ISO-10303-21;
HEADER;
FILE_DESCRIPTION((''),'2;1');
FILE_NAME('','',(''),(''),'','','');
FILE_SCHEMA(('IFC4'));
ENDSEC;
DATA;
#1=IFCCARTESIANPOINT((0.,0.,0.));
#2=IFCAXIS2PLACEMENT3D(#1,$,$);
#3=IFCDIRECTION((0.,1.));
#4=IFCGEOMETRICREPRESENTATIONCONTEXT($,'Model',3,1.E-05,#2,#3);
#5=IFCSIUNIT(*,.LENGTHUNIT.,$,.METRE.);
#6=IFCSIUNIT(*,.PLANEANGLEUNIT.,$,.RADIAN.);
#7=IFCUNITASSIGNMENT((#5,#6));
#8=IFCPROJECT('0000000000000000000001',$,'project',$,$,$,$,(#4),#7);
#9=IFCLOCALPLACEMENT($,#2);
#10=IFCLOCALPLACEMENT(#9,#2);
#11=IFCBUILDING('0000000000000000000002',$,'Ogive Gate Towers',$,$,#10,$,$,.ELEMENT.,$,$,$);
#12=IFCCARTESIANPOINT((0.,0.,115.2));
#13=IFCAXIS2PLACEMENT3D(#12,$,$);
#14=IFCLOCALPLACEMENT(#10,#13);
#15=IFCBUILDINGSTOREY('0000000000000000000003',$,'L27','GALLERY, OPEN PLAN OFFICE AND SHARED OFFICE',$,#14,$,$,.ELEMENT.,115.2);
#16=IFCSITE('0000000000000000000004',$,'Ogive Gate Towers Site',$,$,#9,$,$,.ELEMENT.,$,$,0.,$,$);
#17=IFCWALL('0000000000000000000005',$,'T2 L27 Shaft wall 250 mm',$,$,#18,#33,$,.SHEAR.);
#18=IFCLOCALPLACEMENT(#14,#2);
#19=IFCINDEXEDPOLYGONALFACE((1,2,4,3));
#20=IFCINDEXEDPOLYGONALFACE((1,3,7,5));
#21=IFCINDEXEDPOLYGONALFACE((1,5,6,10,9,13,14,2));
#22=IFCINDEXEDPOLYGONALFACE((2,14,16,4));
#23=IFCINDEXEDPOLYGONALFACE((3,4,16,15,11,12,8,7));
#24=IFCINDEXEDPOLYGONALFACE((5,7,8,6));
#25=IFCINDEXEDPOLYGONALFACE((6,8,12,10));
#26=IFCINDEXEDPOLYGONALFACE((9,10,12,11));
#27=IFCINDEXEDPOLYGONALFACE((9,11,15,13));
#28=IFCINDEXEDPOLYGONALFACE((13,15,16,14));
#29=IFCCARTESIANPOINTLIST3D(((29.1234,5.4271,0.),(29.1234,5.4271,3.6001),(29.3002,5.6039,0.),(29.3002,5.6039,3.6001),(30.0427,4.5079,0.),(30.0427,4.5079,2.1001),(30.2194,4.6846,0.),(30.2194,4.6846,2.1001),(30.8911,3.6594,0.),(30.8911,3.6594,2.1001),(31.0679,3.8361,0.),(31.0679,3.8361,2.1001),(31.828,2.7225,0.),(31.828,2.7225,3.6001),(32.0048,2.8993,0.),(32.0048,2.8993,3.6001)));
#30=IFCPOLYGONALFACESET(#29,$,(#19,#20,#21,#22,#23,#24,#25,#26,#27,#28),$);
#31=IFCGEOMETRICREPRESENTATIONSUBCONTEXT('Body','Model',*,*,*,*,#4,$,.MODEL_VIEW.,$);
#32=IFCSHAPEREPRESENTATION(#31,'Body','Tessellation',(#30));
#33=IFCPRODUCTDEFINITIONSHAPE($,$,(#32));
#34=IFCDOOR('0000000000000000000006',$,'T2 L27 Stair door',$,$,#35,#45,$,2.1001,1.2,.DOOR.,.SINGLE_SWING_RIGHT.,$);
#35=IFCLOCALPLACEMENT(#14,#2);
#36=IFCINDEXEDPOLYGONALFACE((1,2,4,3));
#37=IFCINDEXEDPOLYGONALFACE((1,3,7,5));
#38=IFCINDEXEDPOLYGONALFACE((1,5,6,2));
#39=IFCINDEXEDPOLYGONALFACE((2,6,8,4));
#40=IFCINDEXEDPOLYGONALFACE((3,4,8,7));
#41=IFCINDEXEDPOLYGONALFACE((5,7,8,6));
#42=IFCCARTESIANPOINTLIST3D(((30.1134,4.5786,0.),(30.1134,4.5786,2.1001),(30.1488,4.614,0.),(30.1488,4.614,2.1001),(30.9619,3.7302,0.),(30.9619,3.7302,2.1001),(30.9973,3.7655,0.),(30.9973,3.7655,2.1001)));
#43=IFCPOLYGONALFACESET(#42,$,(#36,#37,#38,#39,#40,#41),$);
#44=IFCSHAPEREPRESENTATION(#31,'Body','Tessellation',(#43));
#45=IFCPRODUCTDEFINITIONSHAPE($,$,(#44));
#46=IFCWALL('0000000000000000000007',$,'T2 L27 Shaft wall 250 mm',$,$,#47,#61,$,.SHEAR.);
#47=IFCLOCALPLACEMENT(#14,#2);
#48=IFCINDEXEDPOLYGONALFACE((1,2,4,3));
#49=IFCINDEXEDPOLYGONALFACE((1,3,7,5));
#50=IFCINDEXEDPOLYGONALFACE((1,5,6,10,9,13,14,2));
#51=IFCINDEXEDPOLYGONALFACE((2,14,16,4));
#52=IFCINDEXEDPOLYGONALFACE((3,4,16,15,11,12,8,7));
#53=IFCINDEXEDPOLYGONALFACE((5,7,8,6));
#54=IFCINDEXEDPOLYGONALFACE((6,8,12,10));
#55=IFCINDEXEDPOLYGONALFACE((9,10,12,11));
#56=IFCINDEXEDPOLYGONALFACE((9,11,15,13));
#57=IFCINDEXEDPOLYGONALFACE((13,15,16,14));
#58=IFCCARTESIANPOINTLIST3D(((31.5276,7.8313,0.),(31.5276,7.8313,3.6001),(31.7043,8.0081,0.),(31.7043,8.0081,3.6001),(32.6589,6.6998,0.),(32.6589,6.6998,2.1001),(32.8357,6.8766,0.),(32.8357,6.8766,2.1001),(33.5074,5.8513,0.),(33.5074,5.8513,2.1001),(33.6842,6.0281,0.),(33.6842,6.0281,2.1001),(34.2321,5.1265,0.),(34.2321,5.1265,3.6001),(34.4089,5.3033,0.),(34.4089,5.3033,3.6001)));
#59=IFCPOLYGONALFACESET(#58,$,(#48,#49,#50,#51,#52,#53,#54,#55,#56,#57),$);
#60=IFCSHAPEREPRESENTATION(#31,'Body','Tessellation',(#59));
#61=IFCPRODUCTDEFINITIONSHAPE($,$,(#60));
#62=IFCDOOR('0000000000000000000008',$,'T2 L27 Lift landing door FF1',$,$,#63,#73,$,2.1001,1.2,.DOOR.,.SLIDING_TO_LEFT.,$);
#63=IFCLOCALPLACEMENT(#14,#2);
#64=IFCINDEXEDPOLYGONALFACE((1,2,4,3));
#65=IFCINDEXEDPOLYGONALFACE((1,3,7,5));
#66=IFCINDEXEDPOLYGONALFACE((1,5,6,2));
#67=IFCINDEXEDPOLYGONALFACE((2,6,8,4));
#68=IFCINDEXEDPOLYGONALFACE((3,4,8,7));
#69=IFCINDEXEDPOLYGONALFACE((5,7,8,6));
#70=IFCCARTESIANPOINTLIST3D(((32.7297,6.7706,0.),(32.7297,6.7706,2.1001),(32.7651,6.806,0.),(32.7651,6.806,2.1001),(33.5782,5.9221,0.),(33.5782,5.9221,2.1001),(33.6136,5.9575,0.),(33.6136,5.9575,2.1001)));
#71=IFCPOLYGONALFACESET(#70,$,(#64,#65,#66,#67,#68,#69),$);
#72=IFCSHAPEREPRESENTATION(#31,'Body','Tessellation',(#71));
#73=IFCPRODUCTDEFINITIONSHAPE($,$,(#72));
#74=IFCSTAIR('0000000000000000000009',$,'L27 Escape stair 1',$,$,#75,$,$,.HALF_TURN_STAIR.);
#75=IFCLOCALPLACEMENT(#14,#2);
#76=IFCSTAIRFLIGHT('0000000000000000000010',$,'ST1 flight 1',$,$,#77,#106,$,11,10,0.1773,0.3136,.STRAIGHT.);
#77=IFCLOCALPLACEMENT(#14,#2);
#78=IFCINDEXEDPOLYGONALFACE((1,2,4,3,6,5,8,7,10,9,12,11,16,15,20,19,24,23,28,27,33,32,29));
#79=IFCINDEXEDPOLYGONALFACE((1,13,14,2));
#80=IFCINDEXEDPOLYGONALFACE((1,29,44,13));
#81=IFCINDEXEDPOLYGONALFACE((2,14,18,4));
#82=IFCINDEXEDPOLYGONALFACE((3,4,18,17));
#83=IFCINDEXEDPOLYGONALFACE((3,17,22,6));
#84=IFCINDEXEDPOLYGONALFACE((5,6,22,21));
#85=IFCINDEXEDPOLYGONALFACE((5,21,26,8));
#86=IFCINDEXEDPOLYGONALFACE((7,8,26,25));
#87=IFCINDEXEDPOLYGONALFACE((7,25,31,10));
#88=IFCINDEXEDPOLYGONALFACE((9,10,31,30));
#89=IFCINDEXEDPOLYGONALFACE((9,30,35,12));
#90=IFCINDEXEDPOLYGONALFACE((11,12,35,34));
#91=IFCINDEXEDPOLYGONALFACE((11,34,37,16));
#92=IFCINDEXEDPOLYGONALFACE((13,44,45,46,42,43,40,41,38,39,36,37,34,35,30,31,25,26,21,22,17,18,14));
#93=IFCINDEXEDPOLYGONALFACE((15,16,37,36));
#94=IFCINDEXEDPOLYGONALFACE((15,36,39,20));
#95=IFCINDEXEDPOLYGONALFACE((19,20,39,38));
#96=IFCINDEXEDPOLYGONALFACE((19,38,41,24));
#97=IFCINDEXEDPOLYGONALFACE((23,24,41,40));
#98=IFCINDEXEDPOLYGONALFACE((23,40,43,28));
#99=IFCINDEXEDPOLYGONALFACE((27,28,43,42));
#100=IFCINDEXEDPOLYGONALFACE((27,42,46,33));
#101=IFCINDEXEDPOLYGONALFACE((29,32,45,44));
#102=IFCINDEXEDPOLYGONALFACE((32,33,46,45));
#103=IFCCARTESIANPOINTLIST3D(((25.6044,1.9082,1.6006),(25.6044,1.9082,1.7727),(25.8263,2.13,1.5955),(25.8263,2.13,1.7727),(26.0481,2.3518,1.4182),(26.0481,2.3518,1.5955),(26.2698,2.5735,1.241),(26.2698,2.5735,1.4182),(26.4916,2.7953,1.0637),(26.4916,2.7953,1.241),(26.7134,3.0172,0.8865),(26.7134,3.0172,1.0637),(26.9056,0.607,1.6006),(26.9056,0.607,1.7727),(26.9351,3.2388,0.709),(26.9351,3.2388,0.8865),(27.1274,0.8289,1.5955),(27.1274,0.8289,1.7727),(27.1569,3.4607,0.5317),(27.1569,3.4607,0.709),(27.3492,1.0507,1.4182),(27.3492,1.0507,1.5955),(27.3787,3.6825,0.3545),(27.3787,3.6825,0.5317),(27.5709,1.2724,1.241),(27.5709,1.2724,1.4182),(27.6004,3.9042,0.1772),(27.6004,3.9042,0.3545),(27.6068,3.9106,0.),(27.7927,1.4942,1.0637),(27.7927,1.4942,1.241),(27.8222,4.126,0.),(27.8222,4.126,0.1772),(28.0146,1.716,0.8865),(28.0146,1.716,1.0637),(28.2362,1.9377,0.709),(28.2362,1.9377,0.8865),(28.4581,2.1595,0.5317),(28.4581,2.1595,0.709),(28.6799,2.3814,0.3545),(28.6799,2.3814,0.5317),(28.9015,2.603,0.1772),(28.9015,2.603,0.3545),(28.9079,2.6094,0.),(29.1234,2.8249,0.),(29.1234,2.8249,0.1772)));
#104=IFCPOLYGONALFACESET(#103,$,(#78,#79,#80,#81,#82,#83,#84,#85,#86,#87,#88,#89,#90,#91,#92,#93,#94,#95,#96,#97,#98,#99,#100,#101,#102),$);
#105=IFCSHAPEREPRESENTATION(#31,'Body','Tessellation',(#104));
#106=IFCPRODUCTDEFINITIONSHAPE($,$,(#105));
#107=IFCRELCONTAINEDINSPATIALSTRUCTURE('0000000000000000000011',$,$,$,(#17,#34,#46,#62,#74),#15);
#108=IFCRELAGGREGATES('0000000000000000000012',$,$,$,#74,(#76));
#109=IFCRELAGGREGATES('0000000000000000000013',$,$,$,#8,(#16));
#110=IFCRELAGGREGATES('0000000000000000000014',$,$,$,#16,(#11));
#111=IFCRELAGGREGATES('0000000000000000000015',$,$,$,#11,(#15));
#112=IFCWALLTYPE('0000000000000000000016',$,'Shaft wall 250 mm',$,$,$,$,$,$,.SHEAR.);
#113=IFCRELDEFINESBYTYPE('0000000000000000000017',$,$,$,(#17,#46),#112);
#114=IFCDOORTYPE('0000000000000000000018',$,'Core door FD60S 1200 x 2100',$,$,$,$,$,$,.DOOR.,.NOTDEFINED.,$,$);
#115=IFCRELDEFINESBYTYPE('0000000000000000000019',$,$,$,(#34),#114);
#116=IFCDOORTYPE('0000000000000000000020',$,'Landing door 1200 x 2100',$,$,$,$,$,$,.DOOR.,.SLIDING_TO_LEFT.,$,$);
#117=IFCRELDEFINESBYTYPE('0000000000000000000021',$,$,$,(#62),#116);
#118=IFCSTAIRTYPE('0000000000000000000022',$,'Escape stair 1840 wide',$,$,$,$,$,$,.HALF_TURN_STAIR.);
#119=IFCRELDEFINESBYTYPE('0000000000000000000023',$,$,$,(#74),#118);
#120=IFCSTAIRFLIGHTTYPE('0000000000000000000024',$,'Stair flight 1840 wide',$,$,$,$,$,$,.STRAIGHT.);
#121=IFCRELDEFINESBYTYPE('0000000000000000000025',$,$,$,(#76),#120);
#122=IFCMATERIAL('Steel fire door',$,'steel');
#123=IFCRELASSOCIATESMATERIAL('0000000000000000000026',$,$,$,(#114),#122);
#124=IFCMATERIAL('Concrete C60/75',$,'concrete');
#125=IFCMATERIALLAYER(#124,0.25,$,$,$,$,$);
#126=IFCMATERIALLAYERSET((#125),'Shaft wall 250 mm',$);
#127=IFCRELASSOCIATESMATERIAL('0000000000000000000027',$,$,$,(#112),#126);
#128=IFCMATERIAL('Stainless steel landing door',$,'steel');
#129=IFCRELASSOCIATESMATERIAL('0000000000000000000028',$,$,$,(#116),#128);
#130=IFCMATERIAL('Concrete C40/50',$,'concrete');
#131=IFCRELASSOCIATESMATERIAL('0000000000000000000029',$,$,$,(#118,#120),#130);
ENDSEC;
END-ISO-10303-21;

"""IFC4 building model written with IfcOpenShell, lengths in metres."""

from ifc_helpers import new_model, si_unit, direction, frame, frame_2d, origin, place, context, subcontext, project, spatial, polyline, rectangle, outline, extrude, material, layer, layer_set, type_object, element, fill, aggregate, save


model = new_model("IFC4")

# Units and contexts
model_context = context("Model", 3, precision=1e-05, world=origin(), true_north=direction((0.0, 1.0)))
body_context = subcontext(model_context, "Body", "Model", "MODEL_VIEW")
ifc_project = project(units=[si_unit("LENGTHUNIT", "METRE"), si_unit("PLANEANGLEUNIT", "RADIAN")], contexts=[model_context])

# Site, building, storey
site_placement = place(None, origin())
site = spatial("IfcSite", under=ifc_project, at=site_placement, Name="Ogive Gate Towers Site", CompositionType="ELEMENT", RefElevation=0.0)
building_placement = place(site_placement, origin())
building = spatial("IfcBuilding", under=site, at=building_placement, Name="Ogive Gate Towers", CompositionType="ELEMENT")
storey_placement = place(building_placement, frame((0.0, 0.0, 115.2)))
storey = spatial("IfcBuildingStorey", under=building, at=storey_placement, Name="L27", Description="GALLERY, OPEN PLAN OFFICE AND SHARED OFFICE", CompositionType="ELEMENT", Elevation=115.2)

# Shared definitions
ifc_material_1 = material(Name="Concrete C40/50", Category="concrete")

# Shared definitions
ifc_material_2 = material(Name="Concrete C60/75", Category="concrete")
ifc_material_3 = material(Name="Steel fire door", Category="steel")
door_type_1 = type_object("IfcDoorType", Name="Core door FD60S 1200 x 2100", OperationType="NOTDEFINED", PredefinedType="DOOR", material=ifc_material_3)

# Walls, openings, doors
ifc_layer_1 = layer(ifc_material_2, 0.25)
ifc_layer_set_1 = layer_set([ifc_layer_1], Name="Shaft wall 250 mm")
wall_type_1 = type_object("IfcWallType", Name="Shaft wall 250 mm", PredefinedType="SHEAR", material=ifc_layer_set_1)
wall_1_placement = place(storey_placement, frame((31.9165, 2.8108, 0.0), z_axis=(0.0, 0.0, 1.0), x_axis=(-0.707107, 0.707107, 0.0)))
wall_1 = element("IfcWall", 1, at=wall_1_placement, inside=storey, type_object=wall_type_1, Name="T2 L27 Shaft wall 250 mm", PredefinedType="SHEAR", context=body_context, shape_type="SweptSolid", body=[
    extrude(rectangle(XDim=3.825, YDim=0.25, at=frame_2d((1.9126, 0.0))), origin(), (0.0, 0.0, 1.0), 3.6001),
])
opening_1_placement = place(wall_1_placement, frame((1.325, 0.0, 0.0)))
opening_1 = element("IfcOpeningElement", 2, at=opening_1_placement, cuts=wall_1, PredefinedType="OPENING", context=body_context, shape_type="SweptSolid", body=[
    extrude(rectangle(XDim=1.2, YDim=2.1001, at=frame_2d((0.6001, 1.05))), frame((0.0, 0.135, 0.0), z_axis=(0.0, -1.0, 0.0), x_axis=(1.0, 0.0, 0.0)), (0.0, 0.0, 1.0), 0.27),
])
door_1_placement = place(opening_1_placement, origin())
door_1 = element("IfcDoor", 3, at=door_1_placement, inside=storey, type_object=door_type_1, Name="T2 L27 Stair door", OperationType="SINGLE_SWING_RIGHT", OverallHeight=2.1001, OverallWidth=1.2, PredefinedType="DOOR", context=body_context, shape_type="SweptSolid", body=[
    extrude(rectangle(XDim=1.2, YDim=2.1001, at=frame_2d((0.6001, 1.05))), frame((0.0, 0.0249, 0.0), z_axis=(0.0, -1.0, 0.0), x_axis=(1.0, 0.0, 0.0)), (0.0, 0.0, 1.0), 0.05),
])
fill(opening_1, door_1)
wall_2_placement = place(storey_placement, frame((34.3206, 5.2148, 0.0), z_axis=(0.0, 0.0, 1.0), x_axis=(-0.707075, 0.707139, 0.0)))
wall_2 = element("IfcWall", 4, at=wall_2_placement, inside=storey, type_object=wall_type_1, Name="T2 L27 Shaft wall 250 mm", PredefinedType="SHEAR", context=body_context, shape_type="SweptSolid", body=[
    extrude(rectangle(XDim=3.825, YDim=0.25, at=frame_2d((1.9126, 0.0))), origin(), (0.0, 0.0, 1.0), 3.6001),
])
opening_2_placement = place(wall_2_placement, frame((1.0249, 0.0, 0.0)))
opening_2 = element("IfcOpeningElement", 5, at=opening_2_placement, cuts=wall_2, PredefinedType="OPENING", context=body_context, shape_type="SweptSolid", body=[
    extrude(rectangle(XDim=1.2, YDim=2.1001, at=frame_2d((0.6001, 1.05))), frame((0.0, 0.135, 0.0), z_axis=(0.0, -1.0, 0.0), x_axis=(1.0, 0.0, 0.0)), (0.0, 0.0, 1.0), 0.27),
])
ifc_material_4 = material(Name="Stainless steel landing door", Category="steel")
door_type_2 = type_object("IfcDoorType", Name="Landing door 1200 x 2100", OperationType="SLIDING_TO_LEFT", PredefinedType="DOOR", material=ifc_material_4)
door_2_placement = place(opening_2_placement, origin())
door_2 = element("IfcDoor", 6, at=door_2_placement, inside=storey, type_object=door_type_2, Name="T2 L27 Lift landing door FF1", OperationType="SLIDING_TO_LEFT", OverallHeight=2.1001, OverallWidth=1.2, PredefinedType="DOOR", context=body_context, shape_type="SweptSolid", body=[
    extrude(rectangle(XDim=1.2, YDim=2.1001, at=frame_2d((0.6001, 1.05))), frame((0.0, 0.0249, 0.0), z_axis=(0.0, -1.0, 0.0), x_axis=(1.0, 0.0, 0.0)), (0.0, 0.0, 1.0), 0.05),
])
fill(opening_2, door_2)

# Stair, stair flight
stair_type = type_object("IfcStairType", Name="Escape stair 1840 wide", PredefinedType="HALF_TURN_STAIR", material=ifc_material_1)
stair_placement = place(storey_placement, origin())
stair = element("IfcStair", 7, at=stair_placement, inside=storey, type_object=stair_type, Name="L27 Escape stair 1", PredefinedType="HALF_TURN_STAIR")
stair_flight_type = type_object("IfcStairFlightType", Name="Stair flight 1840 wide", PredefinedType="STRAIGHT", material=ifc_material_1)
stair_flight_placement = place(storey_placement, frame((28.4729, 3.4753, 0.0), z_axis=(0.0, 0.0, 1.0), x_axis=(-0.707107, -0.707107, 0.0)))
stair_flight = element("IfcStairFlight", 8, at=stair_flight_placement, type_object=stair_flight_type, Name="ST1 flight 1", NumberOfRisers=11, NumberOfTreads=10, PredefinedType="STRAIGHT", RiserHeight=0.1773, TreadLength=0.3136, context=body_context, shape_type="SweptSolid", body=[
    extrude(outline(polyline([(0.0, 0.0), (0.0, 0.1772), (0.3137, 0.1772), (0.3137, 0.3545), (0.6272, 0.3545), (0.6272, 0.5317), (0.9409, 0.5317), (0.9409, 0.709), (1.2546, 0.709), (1.2546, 0.8865), (1.5681, 0.8865), (1.5681, 1.0637), (1.8818, 1.0637), (1.8818, 1.241), (2.1956, 1.241), (2.1956, 1.4182), (2.509, 1.4182), (2.509, 1.5955), (2.8228, 1.5955), (2.8228, 1.7727), (3.1365, 1.7727), (3.1365, 1.95), (3.1365, 1.6006), (0.3047, 0.0), (0.0, 0.0)])), frame((0.0, 0.9199, 0.0), z_axis=(0.0, -1.0, 0.0), x_axis=(1.0, 0.0, 0.0)), (0.0, 0.0, 1.0), 1.8401),
])
aggregate(stair, [stair_flight])

save(model, "model.ifc")
